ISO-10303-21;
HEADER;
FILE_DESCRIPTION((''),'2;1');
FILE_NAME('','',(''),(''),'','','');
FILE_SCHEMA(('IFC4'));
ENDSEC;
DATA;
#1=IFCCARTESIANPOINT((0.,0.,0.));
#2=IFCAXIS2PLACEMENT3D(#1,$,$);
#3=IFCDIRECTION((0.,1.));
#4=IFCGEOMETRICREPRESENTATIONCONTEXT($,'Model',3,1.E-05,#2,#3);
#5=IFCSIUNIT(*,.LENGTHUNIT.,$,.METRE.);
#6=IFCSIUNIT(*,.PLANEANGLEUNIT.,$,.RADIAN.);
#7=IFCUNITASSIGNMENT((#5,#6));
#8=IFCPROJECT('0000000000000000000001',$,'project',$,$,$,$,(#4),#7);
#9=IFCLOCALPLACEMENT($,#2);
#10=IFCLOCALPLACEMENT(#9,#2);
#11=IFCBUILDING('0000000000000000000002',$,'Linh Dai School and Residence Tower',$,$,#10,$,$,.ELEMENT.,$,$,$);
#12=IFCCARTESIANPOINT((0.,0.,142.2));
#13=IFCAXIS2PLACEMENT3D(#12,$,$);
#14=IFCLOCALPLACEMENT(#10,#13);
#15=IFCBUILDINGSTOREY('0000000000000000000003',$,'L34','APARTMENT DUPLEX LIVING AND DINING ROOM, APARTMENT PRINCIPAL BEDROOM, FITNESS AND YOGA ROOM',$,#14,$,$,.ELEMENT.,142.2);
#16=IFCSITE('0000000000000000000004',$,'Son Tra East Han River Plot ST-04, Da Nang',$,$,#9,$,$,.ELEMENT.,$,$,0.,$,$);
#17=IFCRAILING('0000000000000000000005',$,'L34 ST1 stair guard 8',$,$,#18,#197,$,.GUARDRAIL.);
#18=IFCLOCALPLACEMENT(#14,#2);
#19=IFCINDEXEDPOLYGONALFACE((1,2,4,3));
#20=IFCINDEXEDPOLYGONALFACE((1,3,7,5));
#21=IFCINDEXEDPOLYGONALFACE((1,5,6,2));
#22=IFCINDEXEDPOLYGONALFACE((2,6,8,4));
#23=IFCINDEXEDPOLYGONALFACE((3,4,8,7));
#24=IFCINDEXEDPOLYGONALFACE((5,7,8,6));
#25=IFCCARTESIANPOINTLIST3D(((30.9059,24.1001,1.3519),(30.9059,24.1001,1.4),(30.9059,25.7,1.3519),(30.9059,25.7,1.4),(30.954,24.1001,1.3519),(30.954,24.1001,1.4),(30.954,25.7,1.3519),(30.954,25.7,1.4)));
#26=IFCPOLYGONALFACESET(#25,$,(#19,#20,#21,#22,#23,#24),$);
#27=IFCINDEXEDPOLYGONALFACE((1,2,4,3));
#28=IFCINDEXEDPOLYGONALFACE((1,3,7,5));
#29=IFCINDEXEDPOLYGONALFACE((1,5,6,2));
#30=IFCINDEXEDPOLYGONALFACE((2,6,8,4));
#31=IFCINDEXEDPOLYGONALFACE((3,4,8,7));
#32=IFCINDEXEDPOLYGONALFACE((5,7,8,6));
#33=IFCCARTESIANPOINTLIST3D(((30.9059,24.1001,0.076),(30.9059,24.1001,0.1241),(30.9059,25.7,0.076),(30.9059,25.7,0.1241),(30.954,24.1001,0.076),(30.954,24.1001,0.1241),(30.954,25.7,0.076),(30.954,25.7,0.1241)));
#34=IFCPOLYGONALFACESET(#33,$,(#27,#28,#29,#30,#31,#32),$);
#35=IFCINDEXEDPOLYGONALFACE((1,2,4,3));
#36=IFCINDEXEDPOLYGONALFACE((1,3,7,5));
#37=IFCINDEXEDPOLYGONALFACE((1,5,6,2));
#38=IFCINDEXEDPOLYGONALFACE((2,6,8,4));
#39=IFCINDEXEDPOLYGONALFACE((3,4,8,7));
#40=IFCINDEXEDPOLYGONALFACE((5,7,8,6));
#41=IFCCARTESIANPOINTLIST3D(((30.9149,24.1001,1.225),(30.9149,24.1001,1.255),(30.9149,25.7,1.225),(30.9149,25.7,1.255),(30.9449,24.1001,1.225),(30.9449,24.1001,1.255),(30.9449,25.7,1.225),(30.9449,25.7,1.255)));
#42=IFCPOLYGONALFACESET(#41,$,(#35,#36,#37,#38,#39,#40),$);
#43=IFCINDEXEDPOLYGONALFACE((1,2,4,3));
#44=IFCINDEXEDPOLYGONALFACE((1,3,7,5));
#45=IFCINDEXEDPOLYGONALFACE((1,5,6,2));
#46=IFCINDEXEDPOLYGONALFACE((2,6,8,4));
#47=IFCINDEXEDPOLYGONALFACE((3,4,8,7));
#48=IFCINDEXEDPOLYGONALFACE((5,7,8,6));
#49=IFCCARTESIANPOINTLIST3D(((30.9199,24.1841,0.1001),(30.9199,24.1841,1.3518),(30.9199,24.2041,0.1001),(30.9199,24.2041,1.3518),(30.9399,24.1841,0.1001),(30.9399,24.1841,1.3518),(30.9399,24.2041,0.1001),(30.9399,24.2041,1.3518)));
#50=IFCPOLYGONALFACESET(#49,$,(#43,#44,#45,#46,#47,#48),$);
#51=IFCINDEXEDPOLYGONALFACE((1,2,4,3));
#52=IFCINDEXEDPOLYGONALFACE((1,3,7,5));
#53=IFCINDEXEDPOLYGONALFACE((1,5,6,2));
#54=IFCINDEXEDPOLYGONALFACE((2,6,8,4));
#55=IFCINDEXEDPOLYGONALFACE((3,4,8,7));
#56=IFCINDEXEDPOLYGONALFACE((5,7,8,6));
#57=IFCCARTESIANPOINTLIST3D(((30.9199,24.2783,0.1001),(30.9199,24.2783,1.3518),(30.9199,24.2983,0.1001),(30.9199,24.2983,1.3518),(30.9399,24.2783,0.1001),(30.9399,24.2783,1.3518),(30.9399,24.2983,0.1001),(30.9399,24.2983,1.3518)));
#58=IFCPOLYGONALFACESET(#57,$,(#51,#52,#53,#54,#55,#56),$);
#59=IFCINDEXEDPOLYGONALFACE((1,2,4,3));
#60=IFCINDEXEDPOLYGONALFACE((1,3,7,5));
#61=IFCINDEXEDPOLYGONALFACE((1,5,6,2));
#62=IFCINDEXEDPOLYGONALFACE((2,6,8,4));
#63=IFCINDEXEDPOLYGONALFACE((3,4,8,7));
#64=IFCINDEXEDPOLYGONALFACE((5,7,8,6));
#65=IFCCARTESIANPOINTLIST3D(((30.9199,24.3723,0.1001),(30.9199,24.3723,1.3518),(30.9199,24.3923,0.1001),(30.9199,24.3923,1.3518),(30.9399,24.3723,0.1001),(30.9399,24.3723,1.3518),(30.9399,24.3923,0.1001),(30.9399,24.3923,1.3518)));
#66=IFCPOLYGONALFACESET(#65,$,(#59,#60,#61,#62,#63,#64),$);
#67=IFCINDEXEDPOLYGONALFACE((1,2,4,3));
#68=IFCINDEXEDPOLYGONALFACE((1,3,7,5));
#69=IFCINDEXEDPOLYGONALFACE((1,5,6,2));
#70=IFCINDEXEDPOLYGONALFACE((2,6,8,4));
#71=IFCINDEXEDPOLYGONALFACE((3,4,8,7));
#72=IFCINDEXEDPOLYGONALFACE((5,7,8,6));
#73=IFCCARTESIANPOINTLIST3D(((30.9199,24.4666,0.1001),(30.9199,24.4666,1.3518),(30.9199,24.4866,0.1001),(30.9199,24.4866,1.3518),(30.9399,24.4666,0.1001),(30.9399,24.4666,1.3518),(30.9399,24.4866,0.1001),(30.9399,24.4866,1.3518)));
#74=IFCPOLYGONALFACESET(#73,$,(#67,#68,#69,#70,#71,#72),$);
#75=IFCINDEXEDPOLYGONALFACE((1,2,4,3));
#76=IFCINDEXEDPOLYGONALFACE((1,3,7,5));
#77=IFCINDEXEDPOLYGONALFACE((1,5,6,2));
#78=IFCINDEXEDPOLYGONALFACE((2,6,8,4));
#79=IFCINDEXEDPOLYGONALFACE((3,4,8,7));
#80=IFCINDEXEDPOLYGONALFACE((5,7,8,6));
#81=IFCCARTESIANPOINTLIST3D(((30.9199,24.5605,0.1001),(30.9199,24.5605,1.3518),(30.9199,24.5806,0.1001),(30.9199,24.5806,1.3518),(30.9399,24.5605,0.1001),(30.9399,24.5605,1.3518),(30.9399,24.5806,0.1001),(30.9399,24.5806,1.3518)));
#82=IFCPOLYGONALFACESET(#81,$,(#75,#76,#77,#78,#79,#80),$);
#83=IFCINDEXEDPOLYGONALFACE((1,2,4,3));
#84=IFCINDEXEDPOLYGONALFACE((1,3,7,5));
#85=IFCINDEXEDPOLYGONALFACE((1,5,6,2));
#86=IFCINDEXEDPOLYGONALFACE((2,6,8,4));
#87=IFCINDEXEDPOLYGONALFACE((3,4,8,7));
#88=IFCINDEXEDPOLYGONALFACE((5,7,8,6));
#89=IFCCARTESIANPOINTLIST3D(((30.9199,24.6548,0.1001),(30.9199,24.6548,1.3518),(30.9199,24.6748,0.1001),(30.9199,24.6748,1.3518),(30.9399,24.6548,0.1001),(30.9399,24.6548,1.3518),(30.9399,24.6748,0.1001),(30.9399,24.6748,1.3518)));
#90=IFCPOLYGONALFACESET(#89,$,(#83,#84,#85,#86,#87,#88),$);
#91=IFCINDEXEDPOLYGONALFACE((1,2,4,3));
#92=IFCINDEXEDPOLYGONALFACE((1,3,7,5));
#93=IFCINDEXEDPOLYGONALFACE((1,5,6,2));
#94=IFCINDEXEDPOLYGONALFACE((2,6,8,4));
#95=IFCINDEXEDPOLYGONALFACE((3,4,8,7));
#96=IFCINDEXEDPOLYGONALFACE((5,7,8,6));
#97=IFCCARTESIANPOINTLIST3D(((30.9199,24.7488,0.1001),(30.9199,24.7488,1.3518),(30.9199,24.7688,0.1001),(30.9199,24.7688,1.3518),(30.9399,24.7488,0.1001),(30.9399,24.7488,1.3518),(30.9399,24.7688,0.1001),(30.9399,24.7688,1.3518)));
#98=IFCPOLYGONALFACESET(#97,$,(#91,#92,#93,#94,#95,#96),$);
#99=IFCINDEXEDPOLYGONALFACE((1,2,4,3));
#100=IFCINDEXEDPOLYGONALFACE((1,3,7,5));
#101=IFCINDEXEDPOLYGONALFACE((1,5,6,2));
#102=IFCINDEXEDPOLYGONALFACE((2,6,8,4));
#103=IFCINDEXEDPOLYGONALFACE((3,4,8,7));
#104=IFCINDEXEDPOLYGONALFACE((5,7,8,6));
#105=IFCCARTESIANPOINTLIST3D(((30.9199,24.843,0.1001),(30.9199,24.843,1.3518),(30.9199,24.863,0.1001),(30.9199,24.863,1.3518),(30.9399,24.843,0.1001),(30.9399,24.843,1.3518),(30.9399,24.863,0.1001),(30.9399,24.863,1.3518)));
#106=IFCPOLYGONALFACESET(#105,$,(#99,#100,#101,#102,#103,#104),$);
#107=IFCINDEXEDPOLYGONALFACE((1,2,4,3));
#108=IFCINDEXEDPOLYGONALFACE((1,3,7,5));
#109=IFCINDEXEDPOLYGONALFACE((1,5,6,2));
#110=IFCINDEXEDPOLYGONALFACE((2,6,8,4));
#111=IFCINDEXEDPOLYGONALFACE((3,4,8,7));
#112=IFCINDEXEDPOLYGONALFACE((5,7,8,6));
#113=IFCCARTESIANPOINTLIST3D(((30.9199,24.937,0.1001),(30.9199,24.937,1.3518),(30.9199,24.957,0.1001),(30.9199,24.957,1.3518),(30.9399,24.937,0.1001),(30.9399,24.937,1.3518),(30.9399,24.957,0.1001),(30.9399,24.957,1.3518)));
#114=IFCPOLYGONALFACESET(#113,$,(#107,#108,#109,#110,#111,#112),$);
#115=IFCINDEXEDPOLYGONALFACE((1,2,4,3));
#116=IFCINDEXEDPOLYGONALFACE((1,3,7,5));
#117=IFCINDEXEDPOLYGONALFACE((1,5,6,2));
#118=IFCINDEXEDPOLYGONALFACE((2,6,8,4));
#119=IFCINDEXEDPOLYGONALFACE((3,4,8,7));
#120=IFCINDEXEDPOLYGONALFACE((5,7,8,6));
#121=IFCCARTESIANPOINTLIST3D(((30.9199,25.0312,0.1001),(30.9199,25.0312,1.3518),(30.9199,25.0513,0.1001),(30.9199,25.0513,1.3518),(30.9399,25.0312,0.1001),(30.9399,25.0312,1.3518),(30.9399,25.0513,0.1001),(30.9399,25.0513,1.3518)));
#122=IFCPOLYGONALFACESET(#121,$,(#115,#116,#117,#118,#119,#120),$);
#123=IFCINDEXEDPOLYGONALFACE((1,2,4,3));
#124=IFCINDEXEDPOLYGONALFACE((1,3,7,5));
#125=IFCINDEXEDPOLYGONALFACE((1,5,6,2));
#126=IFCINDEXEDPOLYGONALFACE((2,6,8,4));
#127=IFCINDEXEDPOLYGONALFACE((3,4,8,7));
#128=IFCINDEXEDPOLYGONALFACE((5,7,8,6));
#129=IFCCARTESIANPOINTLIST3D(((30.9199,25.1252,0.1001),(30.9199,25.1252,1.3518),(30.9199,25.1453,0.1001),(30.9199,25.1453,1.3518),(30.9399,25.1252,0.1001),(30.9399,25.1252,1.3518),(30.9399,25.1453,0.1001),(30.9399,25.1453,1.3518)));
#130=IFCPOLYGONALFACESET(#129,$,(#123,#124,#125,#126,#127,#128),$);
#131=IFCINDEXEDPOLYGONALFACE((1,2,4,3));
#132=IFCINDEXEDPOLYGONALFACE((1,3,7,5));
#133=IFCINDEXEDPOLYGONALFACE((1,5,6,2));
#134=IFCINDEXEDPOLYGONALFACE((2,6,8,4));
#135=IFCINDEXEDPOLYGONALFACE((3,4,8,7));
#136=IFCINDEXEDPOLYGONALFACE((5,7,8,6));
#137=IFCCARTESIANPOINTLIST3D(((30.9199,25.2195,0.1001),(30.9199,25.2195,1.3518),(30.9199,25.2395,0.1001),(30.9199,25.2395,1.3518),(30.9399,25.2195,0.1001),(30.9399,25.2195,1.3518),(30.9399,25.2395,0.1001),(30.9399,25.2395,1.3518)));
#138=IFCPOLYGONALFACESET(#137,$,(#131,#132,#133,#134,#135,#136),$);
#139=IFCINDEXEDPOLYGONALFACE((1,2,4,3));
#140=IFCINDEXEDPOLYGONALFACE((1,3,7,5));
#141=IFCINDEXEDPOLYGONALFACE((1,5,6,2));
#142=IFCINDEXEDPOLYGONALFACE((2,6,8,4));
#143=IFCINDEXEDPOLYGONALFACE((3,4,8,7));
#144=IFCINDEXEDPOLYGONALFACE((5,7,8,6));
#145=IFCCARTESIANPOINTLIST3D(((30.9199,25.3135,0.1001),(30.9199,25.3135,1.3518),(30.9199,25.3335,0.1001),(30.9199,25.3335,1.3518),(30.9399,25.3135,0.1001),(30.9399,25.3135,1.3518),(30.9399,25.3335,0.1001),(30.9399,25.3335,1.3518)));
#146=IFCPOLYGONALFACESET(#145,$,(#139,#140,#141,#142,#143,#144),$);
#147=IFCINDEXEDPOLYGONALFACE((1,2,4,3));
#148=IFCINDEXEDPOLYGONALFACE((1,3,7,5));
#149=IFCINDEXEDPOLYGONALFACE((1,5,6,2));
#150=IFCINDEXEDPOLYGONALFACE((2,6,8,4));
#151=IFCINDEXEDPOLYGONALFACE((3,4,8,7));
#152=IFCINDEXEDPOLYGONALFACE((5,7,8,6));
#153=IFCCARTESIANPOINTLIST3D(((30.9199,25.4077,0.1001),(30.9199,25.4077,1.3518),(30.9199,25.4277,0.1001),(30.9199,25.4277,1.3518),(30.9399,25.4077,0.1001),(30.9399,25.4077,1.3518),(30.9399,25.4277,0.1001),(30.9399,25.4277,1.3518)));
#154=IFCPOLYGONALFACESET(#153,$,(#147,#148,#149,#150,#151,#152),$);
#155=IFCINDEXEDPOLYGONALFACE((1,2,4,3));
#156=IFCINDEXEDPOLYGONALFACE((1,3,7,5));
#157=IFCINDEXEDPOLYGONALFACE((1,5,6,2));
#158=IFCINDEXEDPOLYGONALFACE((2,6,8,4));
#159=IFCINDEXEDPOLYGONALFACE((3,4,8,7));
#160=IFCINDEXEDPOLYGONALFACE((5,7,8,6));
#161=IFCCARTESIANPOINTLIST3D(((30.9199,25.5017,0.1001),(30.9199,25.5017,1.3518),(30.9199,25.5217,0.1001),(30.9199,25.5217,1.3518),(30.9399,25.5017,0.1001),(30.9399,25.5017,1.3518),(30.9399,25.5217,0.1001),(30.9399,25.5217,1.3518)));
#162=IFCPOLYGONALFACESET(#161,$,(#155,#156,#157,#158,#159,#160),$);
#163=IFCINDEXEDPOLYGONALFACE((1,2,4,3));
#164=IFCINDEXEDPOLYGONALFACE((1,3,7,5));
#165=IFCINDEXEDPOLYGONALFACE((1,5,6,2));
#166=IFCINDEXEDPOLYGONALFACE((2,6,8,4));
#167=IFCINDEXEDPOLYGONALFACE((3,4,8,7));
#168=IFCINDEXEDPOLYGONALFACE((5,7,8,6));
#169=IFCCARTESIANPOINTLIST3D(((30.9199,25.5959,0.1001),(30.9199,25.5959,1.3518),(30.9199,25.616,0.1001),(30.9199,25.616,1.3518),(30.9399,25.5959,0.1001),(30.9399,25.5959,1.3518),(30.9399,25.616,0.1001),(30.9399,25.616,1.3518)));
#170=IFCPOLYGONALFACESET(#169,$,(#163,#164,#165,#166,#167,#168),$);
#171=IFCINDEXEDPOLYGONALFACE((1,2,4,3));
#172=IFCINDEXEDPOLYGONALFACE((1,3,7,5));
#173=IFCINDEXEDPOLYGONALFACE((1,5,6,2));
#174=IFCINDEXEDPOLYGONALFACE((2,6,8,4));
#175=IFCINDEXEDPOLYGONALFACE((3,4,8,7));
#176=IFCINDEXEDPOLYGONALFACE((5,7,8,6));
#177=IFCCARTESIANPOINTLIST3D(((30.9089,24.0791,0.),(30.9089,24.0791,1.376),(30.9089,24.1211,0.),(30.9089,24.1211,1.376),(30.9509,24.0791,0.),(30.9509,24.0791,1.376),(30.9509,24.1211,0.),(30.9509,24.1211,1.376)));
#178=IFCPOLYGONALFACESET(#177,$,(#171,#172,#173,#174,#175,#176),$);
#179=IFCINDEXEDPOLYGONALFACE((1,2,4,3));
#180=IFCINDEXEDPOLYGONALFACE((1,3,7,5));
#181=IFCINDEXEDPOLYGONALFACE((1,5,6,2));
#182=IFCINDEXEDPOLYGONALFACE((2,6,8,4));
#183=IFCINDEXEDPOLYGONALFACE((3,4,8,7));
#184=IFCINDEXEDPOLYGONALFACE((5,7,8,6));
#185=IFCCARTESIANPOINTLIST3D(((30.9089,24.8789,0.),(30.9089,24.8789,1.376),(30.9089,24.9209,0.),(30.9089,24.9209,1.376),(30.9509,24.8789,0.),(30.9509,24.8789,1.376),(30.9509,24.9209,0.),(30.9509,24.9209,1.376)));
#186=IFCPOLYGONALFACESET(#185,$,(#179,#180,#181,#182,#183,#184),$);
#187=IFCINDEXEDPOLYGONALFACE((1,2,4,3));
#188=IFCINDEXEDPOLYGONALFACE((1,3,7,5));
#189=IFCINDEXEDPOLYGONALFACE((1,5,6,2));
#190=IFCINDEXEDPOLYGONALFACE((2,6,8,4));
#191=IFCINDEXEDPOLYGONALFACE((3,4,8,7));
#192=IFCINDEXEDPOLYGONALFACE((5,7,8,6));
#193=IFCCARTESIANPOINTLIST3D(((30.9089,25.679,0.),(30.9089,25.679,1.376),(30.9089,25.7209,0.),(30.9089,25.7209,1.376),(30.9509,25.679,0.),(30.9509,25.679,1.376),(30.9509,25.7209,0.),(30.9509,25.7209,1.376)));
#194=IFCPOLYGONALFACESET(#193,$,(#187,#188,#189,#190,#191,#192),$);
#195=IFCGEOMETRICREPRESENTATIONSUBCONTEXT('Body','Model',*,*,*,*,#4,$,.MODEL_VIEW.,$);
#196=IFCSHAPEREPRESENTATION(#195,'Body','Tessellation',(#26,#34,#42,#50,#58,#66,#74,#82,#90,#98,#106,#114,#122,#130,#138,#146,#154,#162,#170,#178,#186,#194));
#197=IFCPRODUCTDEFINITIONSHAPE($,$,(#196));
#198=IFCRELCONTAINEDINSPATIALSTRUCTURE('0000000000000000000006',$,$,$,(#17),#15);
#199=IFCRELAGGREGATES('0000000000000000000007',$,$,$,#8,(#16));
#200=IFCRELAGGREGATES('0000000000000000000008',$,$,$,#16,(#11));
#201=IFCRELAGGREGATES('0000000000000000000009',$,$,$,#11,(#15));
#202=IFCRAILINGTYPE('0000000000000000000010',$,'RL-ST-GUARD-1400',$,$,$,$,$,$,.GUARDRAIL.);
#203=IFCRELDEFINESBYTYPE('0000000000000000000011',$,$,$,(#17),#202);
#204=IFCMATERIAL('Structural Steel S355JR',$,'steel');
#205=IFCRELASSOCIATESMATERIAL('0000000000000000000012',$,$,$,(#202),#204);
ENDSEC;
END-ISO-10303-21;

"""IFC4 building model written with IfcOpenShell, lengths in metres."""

from ifc_helpers import new_model, si_unit, direction, frame, origin, origin_2d, place, context, subcontext, project, spatial, rectangle, extrude, source, transform, mapped, material, type_object, element, save


model = new_model("IFC4")

# Units and contexts
model_context = context("Model", 3, precision=1e-05, world=origin(), true_north=direction((0.0, 1.0)))
body_context = subcontext(model_context, "Body", "Model", "MODEL_VIEW")
ifc_project = project(units=[si_unit("LENGTHUNIT", "METRE"), si_unit("PLANEANGLEUNIT", "RADIAN")], contexts=[model_context])

# Site, building, storey
site_placement = place(None, origin())
site = spatial("IfcSite", under=ifc_project, at=site_placement, Name="Son Tra East Han River Plot ST-04, Da Nang", CompositionType="ELEMENT", RefElevation=0.0)
building_placement = place(site_placement, origin())
building = spatial("IfcBuilding", under=site, at=building_placement, Name="Linh Dai School and Residence Tower", CompositionType="ELEMENT")
storey_placement = place(building_placement, frame((0.0, 0.0, 142.2)))
storey = spatial("IfcBuildingStorey", under=building, at=storey_placement, Name="L34", Description="APARTMENT DUPLEX LIVING AND DINING ROOM, APARTMENT PRINCIPAL BEDROOM, FITNESS AND YOGA ROOM", CompositionType="ELEMENT", Elevation=142.2)

# Shared definitions
ifc_material_1 = material(Name="Structural Steel S355JR", Category="steel")

# Railing
railing_type = type_object("IfcRailingType", Name="RL-ST-GUARD-1400", PredefinedType="GUARDRAIL", material=ifc_material_1)
shared_shape_1 = source(origin(), body_context, "Body", "SweptSolid", [
    extrude(rectangle(XDim=0.0481, YDim=0.0481, at=origin_2d()), frame((0.0, 0.0, 1.376), z_axis=(0.0, 1.0, 0.0), x_axis=(-1.0, 0.0, 0.0)), (0.0, 0.0, 1.0), 1.5999),
    extrude(rectangle(XDim=0.0481, YDim=0.0481, at=origin_2d()), frame((0.0, 0.0, 0.1001), z_axis=(0.0, 1.0, 0.0), x_axis=(-1.0, 0.0, 0.0)), (0.0, 0.0, 1.0), 1.5999),
    extrude(rectangle(XDim=0.03, YDim=0.03, at=origin_2d()), frame((0.0, 0.0, 1.24), z_axis=(0.0, 1.0, 0.0), x_axis=(-1.0, 0.0, 0.0)), (0.0, 0.0, 1.0), 1.5999),
    extrude(rectangle(XDim=0.02, YDim=0.02, at=origin_2d()), frame((0.0, 0.094, 0.1001)), (0.0, 0.0, 1.0), 1.2517),
    extrude(rectangle(XDim=0.02, YDim=0.02, at=origin_2d()), frame((0.0, 0.1882, 0.1001)), (0.0, 0.0, 1.0), 1.2517),
    extrude(rectangle(XDim=0.02, YDim=0.02, at=origin_2d()), frame((0.0, 0.2822, 0.1001)), (0.0, 0.0, 1.0), 1.2517),
    extrude(rectangle(XDim=0.02, YDim=0.02, at=origin_2d()), frame((0.0, 0.3765, 0.1001)), (0.0, 0.0, 1.0), 1.2517),
    extrude(rectangle(XDim=0.02, YDim=0.02, at=origin_2d()), frame((0.0, 0.4705, 0.1001)), (0.0, 0.0, 1.0), 1.2517),
    extrude(rectangle(XDim=0.02, YDim=0.02, at=origin_2d()), frame((0.0, 0.5647, 0.1001)), (0.0, 0.0, 1.0), 1.2517),
    extrude(rectangle(XDim=0.02, YDim=0.02, at=origin_2d()), frame((0.0, 0.6587, 0.1001)), (0.0, 0.0, 1.0), 1.2517),
    extrude(rectangle(XDim=0.02, YDim=0.02, at=origin_2d()), frame((0.0, 0.7529, 0.1001)), (0.0, 0.0, 1.0), 1.2517),
    extrude(rectangle(XDim=0.02, YDim=0.02, at=origin_2d()), frame((0.0, 0.8469, 0.1001)), (0.0, 0.0, 1.0), 1.2517),
    extrude(rectangle(XDim=0.02, YDim=0.02, at=origin_2d()), frame((0.0, 0.9412, 0.1001)), (0.0, 0.0, 1.0), 1.2517),
    extrude(rectangle(XDim=0.02, YDim=0.02, at=origin_2d()), frame((0.0, 1.0352, 0.1001)), (0.0, 0.0, 1.0), 1.2517),
    extrude(rectangle(XDim=0.02, YDim=0.02, at=origin_2d()), frame((0.0, 1.1294, 0.1001)), (0.0, 0.0, 1.0), 1.2517),
    extrude(rectangle(XDim=0.02, YDim=0.02, at=origin_2d()), frame((0.0, 1.2234, 0.1001)), (0.0, 0.0, 1.0), 1.2517),
    extrude(rectangle(XDim=0.02, YDim=0.02, at=origin_2d()), frame((0.0, 1.3176, 0.1001)), (0.0, 0.0, 1.0), 1.2517),
    extrude(rectangle(XDim=0.02, YDim=0.02, at=origin_2d()), frame((0.0, 1.4116, 0.1001)), (0.0, 0.0, 1.0), 1.2517),
    extrude(rectangle(XDim=0.02, YDim=0.02, at=origin_2d()), frame((0.0, 1.5059, 0.1001)), (0.0, 0.0, 1.0), 1.2517),
    extrude(rectangle(XDim=0.042, YDim=0.042, at=origin_2d()), origin(), (0.0, 0.0, 1.0), 1.376),
    extrude(rectangle(XDim=0.042, YDim=0.042, at=origin_2d()), frame((0.0, 0.7998, 0.0)), (0.0, 0.0, 1.0), 1.376),
    extrude(rectangle(XDim=0.042, YDim=0.042, at=origin_2d()), frame((0.0, 1.5999, 0.0)), (0.0, 0.0, 1.0), 1.376),
])
for number, where, name in (
    (1, (30.9299, 24.1001, 0.0), "L34 ST1 stair guard 8"),
):
    element("IfcRailing", number, at=place(storey_placement, frame(where)), inside=storey, type_object=railing_type, Name=name, PredefinedType="GUARDRAIL", context=body_context, shape_type="MappedRepresentation", body=[
        mapped(shared_shape_1, transform((0.0, 0.0, 0.0), x_axis=(1.0, 0.0, 0.0), y_axis=(0.0, 1.0, 0.0), z_axis=(0.0, 0.0, 1.0), scale=1.0)),
    ])

save(model, "model.ifc")
